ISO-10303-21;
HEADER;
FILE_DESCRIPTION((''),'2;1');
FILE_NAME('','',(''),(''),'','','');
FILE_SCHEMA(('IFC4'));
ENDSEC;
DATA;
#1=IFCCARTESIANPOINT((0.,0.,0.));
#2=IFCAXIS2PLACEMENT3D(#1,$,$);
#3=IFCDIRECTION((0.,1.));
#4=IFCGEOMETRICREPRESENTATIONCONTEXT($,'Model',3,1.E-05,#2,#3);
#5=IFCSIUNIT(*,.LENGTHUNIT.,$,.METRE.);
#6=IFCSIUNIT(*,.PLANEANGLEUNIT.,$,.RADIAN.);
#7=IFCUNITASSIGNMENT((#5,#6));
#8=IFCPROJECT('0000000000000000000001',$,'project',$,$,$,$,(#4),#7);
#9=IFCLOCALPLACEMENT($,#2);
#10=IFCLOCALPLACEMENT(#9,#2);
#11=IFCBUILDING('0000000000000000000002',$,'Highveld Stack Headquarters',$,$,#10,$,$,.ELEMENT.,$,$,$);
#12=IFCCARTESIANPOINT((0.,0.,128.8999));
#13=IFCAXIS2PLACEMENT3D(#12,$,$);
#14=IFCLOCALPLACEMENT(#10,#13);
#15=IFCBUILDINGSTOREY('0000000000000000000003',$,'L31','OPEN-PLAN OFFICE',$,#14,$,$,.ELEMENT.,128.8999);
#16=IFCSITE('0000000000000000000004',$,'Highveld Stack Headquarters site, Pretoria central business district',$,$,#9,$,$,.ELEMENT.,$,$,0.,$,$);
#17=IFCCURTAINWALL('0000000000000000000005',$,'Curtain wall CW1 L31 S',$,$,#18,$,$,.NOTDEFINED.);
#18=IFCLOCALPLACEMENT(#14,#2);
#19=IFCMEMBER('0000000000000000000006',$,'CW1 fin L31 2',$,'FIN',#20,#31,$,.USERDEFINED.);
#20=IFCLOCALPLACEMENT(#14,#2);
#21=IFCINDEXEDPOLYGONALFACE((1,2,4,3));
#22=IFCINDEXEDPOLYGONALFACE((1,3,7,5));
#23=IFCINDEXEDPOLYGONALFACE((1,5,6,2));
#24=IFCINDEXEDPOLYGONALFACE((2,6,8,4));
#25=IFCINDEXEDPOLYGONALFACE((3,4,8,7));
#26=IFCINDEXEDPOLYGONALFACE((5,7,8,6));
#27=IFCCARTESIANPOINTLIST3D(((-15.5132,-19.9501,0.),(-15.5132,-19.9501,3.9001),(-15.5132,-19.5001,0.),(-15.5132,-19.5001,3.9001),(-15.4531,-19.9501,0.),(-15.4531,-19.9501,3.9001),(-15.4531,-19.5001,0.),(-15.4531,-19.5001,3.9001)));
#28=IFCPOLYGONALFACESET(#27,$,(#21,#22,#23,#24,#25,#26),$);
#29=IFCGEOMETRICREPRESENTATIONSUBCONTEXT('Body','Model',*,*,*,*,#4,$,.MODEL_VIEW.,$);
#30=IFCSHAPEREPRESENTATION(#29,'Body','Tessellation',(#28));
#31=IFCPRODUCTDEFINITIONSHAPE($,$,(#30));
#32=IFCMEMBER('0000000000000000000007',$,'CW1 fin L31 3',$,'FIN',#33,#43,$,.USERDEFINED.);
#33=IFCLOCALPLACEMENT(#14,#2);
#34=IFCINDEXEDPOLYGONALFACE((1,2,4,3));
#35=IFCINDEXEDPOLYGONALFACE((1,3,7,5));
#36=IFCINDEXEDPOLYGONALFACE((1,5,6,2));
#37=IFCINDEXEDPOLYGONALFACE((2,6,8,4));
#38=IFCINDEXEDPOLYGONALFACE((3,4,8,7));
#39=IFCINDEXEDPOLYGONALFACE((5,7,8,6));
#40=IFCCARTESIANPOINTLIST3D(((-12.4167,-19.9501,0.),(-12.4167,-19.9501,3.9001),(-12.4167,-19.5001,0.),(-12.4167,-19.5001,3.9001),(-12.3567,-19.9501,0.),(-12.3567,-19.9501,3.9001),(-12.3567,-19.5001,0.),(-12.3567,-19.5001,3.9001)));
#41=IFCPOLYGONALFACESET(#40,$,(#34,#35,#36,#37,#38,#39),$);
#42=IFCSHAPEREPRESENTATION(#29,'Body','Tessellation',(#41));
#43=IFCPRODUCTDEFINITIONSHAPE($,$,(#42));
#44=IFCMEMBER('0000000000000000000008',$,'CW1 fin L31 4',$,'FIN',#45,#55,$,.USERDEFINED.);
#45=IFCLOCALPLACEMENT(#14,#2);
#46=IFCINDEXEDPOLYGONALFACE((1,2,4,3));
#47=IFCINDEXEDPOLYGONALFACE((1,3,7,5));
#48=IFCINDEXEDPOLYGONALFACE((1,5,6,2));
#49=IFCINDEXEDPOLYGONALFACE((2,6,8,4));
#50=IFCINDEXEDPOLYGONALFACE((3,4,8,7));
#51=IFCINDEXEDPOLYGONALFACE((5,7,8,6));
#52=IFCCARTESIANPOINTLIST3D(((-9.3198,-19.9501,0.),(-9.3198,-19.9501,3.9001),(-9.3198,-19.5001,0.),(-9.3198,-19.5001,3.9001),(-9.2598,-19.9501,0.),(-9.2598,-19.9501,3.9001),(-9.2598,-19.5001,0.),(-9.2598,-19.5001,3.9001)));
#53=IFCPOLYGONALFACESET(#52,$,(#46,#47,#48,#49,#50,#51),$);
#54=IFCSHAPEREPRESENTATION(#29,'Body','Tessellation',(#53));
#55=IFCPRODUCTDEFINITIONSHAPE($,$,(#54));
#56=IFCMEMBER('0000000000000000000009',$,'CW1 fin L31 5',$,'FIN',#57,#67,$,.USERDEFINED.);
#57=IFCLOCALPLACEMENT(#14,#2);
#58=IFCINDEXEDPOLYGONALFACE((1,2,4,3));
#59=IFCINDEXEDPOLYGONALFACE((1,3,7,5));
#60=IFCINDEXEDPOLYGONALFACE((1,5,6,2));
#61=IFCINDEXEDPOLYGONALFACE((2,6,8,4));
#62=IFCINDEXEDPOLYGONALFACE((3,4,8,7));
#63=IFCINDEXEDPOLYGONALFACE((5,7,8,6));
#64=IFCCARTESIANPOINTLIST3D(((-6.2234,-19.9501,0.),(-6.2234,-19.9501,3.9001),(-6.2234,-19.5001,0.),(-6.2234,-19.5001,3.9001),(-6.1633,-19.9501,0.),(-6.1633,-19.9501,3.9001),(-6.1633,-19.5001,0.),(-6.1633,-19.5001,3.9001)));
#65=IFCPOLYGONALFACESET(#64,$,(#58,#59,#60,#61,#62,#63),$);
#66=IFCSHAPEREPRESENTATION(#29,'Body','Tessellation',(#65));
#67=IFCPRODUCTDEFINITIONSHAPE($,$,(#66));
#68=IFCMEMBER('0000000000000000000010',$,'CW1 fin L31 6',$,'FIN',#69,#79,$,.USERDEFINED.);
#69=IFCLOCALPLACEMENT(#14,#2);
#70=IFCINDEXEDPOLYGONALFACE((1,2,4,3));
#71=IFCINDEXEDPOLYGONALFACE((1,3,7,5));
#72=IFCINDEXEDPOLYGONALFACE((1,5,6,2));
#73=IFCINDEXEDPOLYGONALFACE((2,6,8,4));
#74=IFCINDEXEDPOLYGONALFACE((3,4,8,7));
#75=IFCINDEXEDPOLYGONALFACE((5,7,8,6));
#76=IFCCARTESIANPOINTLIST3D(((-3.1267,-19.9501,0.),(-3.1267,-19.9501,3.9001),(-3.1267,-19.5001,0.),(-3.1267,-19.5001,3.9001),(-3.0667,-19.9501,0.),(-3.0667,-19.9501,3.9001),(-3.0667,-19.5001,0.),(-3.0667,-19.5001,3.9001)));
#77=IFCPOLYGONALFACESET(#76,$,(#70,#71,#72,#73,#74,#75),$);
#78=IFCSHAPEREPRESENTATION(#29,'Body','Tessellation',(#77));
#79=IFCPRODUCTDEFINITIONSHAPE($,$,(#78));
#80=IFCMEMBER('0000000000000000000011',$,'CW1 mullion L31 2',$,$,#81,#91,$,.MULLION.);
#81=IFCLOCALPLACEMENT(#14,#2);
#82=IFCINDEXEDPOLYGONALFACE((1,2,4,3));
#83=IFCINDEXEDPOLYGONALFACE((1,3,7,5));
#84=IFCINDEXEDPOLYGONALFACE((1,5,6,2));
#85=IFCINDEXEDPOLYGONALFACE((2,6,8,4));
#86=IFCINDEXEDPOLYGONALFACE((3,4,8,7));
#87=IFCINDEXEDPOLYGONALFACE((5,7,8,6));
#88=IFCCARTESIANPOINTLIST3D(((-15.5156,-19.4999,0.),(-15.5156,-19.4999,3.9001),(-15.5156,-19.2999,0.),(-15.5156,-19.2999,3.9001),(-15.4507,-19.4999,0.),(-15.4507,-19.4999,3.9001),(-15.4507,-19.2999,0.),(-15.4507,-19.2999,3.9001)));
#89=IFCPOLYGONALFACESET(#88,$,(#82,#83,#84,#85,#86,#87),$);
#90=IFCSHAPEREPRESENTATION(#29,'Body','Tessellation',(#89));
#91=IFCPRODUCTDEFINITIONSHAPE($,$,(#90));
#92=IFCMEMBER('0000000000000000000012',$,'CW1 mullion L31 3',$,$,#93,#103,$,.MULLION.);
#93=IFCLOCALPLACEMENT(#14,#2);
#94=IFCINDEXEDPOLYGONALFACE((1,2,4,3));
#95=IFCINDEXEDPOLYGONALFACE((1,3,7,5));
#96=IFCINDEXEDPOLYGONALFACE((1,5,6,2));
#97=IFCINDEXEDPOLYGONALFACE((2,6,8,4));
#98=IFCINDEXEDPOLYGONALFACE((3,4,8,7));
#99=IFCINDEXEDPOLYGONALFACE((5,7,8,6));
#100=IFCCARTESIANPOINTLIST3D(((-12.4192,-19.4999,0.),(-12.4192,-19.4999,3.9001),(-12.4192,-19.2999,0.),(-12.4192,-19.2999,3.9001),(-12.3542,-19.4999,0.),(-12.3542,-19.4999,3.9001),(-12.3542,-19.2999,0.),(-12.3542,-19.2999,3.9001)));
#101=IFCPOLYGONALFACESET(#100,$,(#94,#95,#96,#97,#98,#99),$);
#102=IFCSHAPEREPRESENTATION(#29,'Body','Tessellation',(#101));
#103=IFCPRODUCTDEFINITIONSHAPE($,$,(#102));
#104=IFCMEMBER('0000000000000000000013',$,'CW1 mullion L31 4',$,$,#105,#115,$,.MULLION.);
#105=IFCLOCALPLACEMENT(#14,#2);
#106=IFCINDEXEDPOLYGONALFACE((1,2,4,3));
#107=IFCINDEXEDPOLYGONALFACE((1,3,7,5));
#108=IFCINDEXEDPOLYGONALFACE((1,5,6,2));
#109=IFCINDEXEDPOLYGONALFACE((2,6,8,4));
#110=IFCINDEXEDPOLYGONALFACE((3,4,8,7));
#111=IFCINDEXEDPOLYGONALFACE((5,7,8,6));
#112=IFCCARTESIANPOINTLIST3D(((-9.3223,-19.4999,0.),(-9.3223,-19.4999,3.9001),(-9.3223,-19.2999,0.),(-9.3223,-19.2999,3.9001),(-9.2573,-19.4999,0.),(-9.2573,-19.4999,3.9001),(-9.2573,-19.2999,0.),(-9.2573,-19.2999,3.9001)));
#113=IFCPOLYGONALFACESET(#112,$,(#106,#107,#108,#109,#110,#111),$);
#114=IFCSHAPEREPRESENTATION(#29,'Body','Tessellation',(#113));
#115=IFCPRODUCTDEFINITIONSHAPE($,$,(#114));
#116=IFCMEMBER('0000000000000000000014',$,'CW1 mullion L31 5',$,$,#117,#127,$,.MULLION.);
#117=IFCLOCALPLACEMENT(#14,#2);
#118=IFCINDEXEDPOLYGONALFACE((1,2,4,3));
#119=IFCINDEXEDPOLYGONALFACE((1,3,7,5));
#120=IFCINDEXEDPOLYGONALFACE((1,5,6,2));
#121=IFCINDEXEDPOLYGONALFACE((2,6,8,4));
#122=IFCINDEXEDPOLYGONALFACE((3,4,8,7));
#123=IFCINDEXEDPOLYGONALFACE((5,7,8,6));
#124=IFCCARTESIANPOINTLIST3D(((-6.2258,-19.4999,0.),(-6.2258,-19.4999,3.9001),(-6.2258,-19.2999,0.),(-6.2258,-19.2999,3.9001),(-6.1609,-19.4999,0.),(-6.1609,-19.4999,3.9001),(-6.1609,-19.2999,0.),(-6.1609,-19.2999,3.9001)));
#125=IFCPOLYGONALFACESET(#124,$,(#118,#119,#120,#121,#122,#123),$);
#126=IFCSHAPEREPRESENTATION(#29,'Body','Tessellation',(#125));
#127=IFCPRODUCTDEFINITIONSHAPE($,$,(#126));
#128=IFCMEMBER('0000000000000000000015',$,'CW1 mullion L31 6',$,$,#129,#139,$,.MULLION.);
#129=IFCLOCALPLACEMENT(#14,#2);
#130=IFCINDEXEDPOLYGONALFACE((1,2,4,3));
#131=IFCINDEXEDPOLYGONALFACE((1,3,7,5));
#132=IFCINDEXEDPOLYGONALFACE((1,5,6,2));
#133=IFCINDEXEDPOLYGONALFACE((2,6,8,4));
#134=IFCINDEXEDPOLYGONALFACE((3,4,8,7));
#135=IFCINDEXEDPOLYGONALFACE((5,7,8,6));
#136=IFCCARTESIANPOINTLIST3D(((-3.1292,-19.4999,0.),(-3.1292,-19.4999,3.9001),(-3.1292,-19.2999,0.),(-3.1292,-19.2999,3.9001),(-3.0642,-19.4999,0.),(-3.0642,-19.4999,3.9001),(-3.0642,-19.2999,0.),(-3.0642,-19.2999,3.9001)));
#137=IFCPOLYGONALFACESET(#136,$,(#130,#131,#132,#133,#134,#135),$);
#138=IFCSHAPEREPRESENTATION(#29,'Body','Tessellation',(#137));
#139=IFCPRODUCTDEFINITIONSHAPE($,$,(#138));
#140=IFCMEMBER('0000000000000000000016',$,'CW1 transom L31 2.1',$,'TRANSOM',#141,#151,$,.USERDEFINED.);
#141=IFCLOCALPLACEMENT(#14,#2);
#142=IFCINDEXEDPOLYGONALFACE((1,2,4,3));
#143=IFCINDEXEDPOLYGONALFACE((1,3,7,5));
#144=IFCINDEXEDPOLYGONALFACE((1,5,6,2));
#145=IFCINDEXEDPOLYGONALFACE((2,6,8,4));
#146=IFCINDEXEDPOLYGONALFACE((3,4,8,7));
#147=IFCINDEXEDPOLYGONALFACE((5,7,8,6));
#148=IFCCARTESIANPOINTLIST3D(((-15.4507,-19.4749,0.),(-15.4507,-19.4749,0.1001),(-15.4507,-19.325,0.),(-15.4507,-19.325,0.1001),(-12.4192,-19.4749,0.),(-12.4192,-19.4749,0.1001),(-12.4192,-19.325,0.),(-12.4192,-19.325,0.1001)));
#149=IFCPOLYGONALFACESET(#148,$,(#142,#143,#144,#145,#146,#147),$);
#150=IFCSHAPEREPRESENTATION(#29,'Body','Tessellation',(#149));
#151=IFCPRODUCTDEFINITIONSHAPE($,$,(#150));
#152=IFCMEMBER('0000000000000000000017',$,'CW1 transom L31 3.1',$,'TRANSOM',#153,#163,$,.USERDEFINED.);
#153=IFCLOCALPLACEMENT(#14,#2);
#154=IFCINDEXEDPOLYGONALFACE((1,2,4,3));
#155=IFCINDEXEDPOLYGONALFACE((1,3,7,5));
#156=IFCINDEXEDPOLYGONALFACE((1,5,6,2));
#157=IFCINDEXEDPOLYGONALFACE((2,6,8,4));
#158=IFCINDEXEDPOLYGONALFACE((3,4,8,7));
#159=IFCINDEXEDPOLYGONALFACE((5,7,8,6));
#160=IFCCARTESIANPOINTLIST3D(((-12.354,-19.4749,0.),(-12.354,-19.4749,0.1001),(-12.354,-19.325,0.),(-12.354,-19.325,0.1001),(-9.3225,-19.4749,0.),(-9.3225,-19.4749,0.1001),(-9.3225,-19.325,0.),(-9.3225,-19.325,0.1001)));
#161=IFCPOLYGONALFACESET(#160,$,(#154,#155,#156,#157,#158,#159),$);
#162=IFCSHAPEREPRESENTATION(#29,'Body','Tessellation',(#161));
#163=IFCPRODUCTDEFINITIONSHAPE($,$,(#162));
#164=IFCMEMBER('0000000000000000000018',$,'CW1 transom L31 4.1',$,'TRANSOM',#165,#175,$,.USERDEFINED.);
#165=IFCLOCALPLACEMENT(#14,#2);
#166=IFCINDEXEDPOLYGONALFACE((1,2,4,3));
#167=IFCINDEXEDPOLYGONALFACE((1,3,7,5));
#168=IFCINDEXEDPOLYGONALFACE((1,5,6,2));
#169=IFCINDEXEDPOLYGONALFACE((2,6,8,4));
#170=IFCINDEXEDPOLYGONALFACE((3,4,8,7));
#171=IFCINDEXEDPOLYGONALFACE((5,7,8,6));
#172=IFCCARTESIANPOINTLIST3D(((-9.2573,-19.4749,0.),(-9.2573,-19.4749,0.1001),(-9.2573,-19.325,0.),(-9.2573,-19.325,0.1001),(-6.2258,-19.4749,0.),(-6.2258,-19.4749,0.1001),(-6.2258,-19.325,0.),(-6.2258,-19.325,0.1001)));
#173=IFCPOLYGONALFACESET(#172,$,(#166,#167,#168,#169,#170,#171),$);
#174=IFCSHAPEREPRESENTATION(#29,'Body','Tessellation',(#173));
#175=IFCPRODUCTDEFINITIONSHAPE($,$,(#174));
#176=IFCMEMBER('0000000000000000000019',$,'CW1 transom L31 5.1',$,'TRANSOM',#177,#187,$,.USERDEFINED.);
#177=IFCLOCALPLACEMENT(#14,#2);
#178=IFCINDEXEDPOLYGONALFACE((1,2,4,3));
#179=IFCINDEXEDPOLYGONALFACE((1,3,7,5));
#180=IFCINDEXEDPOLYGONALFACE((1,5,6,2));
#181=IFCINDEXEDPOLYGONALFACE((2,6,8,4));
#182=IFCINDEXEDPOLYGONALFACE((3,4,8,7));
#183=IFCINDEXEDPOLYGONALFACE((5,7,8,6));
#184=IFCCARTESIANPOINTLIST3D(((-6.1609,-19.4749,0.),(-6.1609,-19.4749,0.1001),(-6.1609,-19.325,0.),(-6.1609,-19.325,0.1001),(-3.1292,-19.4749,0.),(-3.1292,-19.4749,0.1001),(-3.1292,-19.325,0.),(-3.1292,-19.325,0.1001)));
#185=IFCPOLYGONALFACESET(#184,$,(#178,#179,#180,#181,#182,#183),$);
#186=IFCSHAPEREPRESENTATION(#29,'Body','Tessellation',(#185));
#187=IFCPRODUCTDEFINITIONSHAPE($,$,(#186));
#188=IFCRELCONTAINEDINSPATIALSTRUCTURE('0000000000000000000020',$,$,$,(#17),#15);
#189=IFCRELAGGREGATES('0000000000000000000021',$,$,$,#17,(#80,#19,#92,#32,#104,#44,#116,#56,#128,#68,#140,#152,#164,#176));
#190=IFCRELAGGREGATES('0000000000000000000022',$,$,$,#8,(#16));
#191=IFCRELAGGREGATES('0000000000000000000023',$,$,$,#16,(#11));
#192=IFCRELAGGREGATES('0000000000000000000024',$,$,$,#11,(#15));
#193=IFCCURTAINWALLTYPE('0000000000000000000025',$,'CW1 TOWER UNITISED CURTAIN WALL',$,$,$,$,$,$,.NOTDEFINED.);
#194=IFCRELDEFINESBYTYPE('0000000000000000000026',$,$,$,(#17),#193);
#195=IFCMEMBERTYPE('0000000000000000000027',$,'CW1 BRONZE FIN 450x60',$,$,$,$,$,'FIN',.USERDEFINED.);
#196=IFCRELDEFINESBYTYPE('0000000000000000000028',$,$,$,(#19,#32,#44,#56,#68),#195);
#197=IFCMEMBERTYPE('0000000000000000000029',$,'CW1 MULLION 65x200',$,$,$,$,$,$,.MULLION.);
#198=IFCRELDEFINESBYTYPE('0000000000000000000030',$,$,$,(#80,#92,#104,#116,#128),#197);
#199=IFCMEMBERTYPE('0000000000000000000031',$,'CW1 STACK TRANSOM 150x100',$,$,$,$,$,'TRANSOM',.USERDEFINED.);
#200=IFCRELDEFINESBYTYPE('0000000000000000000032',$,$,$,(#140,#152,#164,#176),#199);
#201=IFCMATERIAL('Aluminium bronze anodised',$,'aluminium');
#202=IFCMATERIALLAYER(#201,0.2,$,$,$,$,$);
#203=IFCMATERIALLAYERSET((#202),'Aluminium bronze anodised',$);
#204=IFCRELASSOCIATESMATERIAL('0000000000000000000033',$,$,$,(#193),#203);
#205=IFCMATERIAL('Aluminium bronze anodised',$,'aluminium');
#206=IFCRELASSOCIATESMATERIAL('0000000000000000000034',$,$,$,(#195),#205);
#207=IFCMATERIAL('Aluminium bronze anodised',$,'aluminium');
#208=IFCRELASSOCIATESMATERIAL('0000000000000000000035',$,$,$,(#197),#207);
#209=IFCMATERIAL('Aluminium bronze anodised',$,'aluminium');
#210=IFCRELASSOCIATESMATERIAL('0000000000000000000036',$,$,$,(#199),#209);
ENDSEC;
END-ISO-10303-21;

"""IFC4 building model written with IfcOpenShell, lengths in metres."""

from ifc_helpers import new_model, si_unit, direction, frame, origin, origin_2d, place, context, subcontext, project, spatial, rectangle, extrude, material, layer, layer_set, material_profile, profile_set, type_object, element, aggregate, save


model = new_model("IFC4")

# Units and contexts
model_context = context("Model", 3, precision=1e-05, world=origin(), true_north=direction((0.0, 1.0)))
body_context = subcontext(model_context, "Body", "Model", "MODEL_VIEW")
ifc_project = project(units=[si_unit("LENGTHUNIT", "METRE"), si_unit("PLANEANGLEUNIT", "RADIAN")], contexts=[model_context])

# Site, building, storey
site_placement = place(None, origin())
site = spatial("IfcSite", under=ifc_project, at=site_placement, Name="Highveld Stack Headquarters site, Pretoria central business district", CompositionType="ELEMENT", RefElevation=0.0)
building_placement = place(site_placement, origin())
building = spatial("IfcBuilding", under=site, at=building_placement, Name="Highveld Stack Headquarters", CompositionType="ELEMENT")
storey_placement = place(building_placement, frame((0.0, 0.0, 128.8999)))
storey = spatial("IfcBuildingStorey", under=building, at=storey_placement, Name="L31", Description="OPEN-PLAN OFFICE", CompositionType="ELEMENT", Elevation=128.8999)

# Curtain wall, members
ifc_material_1 = material(Name="Aluminium bronze anodised", Category="aluminium")
ifc_layer_1 = layer(ifc_material_1, 0.2)
ifc_layer_set_1 = layer_set([ifc_layer_1], Name="Aluminium bronze anodised")
curtain_wall_type = type_object("IfcCurtainWallType", Name="CW1 TOWER UNITISED CURTAIN WALL", PredefinedType="NOTDEFINED", material=ifc_layer_set_1)
curtain_wall_placement = place(storey_placement, origin())
curtain_wall = element("IfcCurtainWall", 1, at=curtain_wall_placement, inside=storey, type_object=curtain_wall_type, Name="Curtain wall CW1 L31 S", PredefinedType="NOTDEFINED")
ifc_material_2 = material(Name="Aluminium bronze anodised", Category="aluminium")
ifc_material_profile_1 = material_profile(ifc_material_2, rectangle(XDim=0.45, YDim=0.0601, at=origin_2d()), Name="FIN 450x60")
ifc_profile_set_1 = profile_set([ifc_material_profile_1], Name="Aluminium bronze anodised")
member_type_1 = type_object("IfcMemberType", Name="CW1 BRONZE FIN 450x60", ElementType="FIN", PredefinedType="USERDEFINED", material=ifc_profile_set_1)
member_1_placement = place(storey_placement, frame((-15.4832, -19.7251, 0.0), z_axis=(0.0, 0.0, 1.0), x_axis=(0.0, 1.0, 0.0)))
member_1 = element("IfcMember", 2, at=member_1_placement, type_object=member_type_1, Name="CW1 fin L31 2", ObjectType="FIN", PredefinedType="USERDEFINED", context=body_context, shape_type="SweptSolid", body=[
    extrude(rectangle(XDim=0.45, YDim=0.0601, at=origin_2d()), origin(), (0.0, 0.0, 1.0), 3.9001),
])
member_2_placement = place(storey_placement, frame((-12.3867, -19.7251, 0.0), z_axis=(0.0, 0.0, 1.0), x_axis=(0.0, 1.0, 0.0)))
member_2 = element("IfcMember", 3, at=member_2_placement, type_object=member_type_1, Name="CW1 fin L31 3", ObjectType="FIN", PredefinedType="USERDEFINED", context=body_context, shape_type="SweptSolid", body=[
    extrude(rectangle(XDim=0.45, YDim=0.0601, at=origin_2d()), origin(), (0.0, 0.0, 1.0), 3.9001),
])
member_3_placement = place(storey_placement, frame((-9.2898, -19.7251, 0.0), z_axis=(0.0, 0.0, 1.0), x_axis=(0.0, 1.0, 0.0)))
member_3 = element("IfcMember", 4, at=member_3_placement, type_object=member_type_1, Name="CW1 fin L31 4", ObjectType="FIN", PredefinedType="USERDEFINED", context=body_context, shape_type="SweptSolid", body=[
    extrude(rectangle(XDim=0.45, YDim=0.0601, at=origin_2d()), origin(), (0.0, 0.0, 1.0), 3.9001),
])
member_4_placement = place(storey_placement, frame((-6.1934, -19.7251, 0.0), z_axis=(0.0, 0.0, 1.0), x_axis=(0.0, 1.0, 0.0)))
member_4 = element("IfcMember", 5, at=member_4_placement, type_object=member_type_1, Name="CW1 fin L31 5", ObjectType="FIN", PredefinedType="USERDEFINED", context=body_context, shape_type="SweptSolid", body=[
    extrude(rectangle(XDim=0.45, YDim=0.0601, at=origin_2d()), origin(), (0.0, 0.0, 1.0), 3.9001),
])
member_5_placement = place(storey_placement, frame((-3.0967, -19.7251, 0.0), z_axis=(0.0, 0.0, 1.0), x_axis=(0.0, 1.0, 0.0)))
member_5 = element("IfcMember", 6, at=member_5_placement, type_object=member_type_1, Name="CW1 fin L31 6", ObjectType="FIN", PredefinedType="USERDEFINED", context=body_context, shape_type="SweptSolid", body=[
    extrude(rectangle(XDim=0.45, YDim=0.0601, at=origin_2d()), origin(), (0.0, 0.0, 1.0), 3.9001),
])
ifc_material_3 = material(Name="Aluminium bronze anodised", Category="aluminium")
ifc_material_profile_2 = material_profile(ifc_material_3, rectangle(XDim=0.2, YDim=0.0649, at=origin_2d()), Name="CW1 MULLION 65x200")
ifc_profile_set_2 = profile_set([ifc_material_profile_2], Name="Aluminium bronze anodised")
member_type_2 = type_object("IfcMemberType", Name="CW1 MULLION 65x200", PredefinedType="MULLION", material=ifc_profile_set_2)
member_6_placement = place(storey_placement, frame((-15.4832, -19.3999, 0.0), z_axis=(0.0, 0.0, 1.0), x_axis=(0.0, 1.0, 0.0)))
member_6 = element("IfcMember", 7, at=member_6_placement, type_object=member_type_2, Name="CW1 mullion L31 2", PredefinedType="MULLION", context=body_context, shape_type="SweptSolid", body=[
    extrude(rectangle(XDim=0.2, YDim=0.0649, at=origin_2d()), origin(), (0.0, 0.0, 1.0), 3.9001),
])
member_7_placement = place(storey_placement, frame((-12.3867, -19.3999, 0.0), z_axis=(0.0, 0.0, 1.0), x_axis=(0.0, 1.0, 0.0)))
member_7 = element("IfcMember", 8, at=member_7_placement, type_object=member_type_2, Name="CW1 mullion L31 3", PredefinedType="MULLION", context=body_context, shape_type="SweptSolid", body=[
    extrude(rectangle(XDim=0.2, YDim=0.0649, at=origin_2d()), origin(), (0.0, 0.0, 1.0), 3.9001),
])
member_8_placement = place(storey_placement, frame((-9.2898, -19.3999, 0.0), z_axis=(0.0, 0.0, 1.0), x_axis=(0.0, 1.0, 0.0)))
member_8 = element("IfcMember", 9, at=member_8_placement, type_object=member_type_2, Name="CW1 mullion L31 4", PredefinedType="MULLION", context=body_context, shape_type="SweptSolid", body=[
    extrude(rectangle(XDim=0.2, YDim=0.0649, at=origin_2d()), origin(), (0.0, 0.0, 1.0), 3.9001),
])
member_9_placement = place(storey_placement, frame((-6.1934, -19.3999, 0.0), z_axis=(0.0, 0.0, 1.0), x_axis=(0.0, 1.0, 0.0)))
member_9 = element("IfcMember", 10, at=member_9_placement, type_object=member_type_2, Name="CW1 mullion L31 5", PredefinedType="MULLION", context=body_context, shape_type="SweptSolid", body=[
    extrude(rectangle(XDim=0.2, YDim=0.0649, at=origin_2d()), origin(), (0.0, 0.0, 1.0), 3.9001),
])
member_10_placement = place(storey_placement, frame((-3.0967, -19.3999, 0.0), z_axis=(0.0, 0.0, 1.0), x_axis=(0.0, 1.0, 0.0)))
member_10 = element("IfcMember", 11, at=member_10_placement, type_object=member_type_2, Name="CW1 mullion L31 6", PredefinedType="MULLION", context=body_context, shape_type="SweptSolid", body=[
    extrude(rectangle(XDim=0.2, YDim=0.0649, at=origin_2d()), origin(), (0.0, 0.0, 1.0), 3.9001),
])
ifc_material_4 = material(Name="Aluminium bronze anodised", Category="aluminium")
ifc_material_profile_3 = material_profile(ifc_material_4, rectangle(XDim=0.1499, YDim=0.1001, at=origin_2d()), Name="CW1 TRANSOM 150x100")
ifc_profile_set_3 = profile_set([ifc_material_profile_3], Name="Aluminium bronze anodised")
member_type_3 = type_object("IfcMemberType", Name="CW1 STACK TRANSOM 150x100", ElementType="TRANSOM", PredefinedType="USERDEFINED", material=ifc_profile_set_3)
member_11_placement = place(storey_placement, frame((-15.4507, -19.3999, 0.05), z_axis=(1.0, 0.0, 0.0), x_axis=(0.0, 1.0, 0.0)))
member_11 = element("IfcMember", 12, at=member_11_placement, type_object=member_type_3, Name="CW1 transom L31 2.1", ObjectType="TRANSOM", PredefinedType="USERDEFINED", context=body_context, shape_type="SweptSolid", body=[
    extrude(rectangle(XDim=0.1499, YDim=0.1001, at=origin_2d()), origin(), (0.0, 0.0, 1.0), 3.0315),
])
member_12_placement = place(storey_placement, frame((-12.354, -19.3999, 0.05), z_axis=(1.0, 0.0, 0.0), x_axis=(0.0, 1.0, 0.0)))
member_12 = element("IfcMember", 13, at=member_12_placement, type_object=member_type_3, Name="CW1 transom L31 3.1", ObjectType="TRANSOM", PredefinedType="USERDEFINED", context=body_context, shape_type="SweptSolid", body=[
    extrude(rectangle(XDim=0.1499, YDim=0.1001, at=origin_2d()), origin(), (0.0, 0.0, 1.0), 3.0315),
])
member_13_placement = place(storey_placement, frame((-9.2573, -19.3999, 0.05), z_axis=(1.0, 0.0, 0.0), x_axis=(0.0, 1.0, 0.0)))
member_13 = element("IfcMember", 14, at=member_13_placement, type_object=member_type_3, Name="CW1 transom L31 4.1", ObjectType="TRANSOM", PredefinedType="USERDEFINED", context=body_context, shape_type="SweptSolid", body=[
    extrude(rectangle(XDim=0.1499, YDim=0.1001, at=origin_2d()), origin(), (0.0, 0.0, 1.0), 3.0315),
])
member_14_placement = place(storey_placement, frame((-6.1609, -19.3999, 0.05), z_axis=(1.0, 0.0, 0.0), x_axis=(0.0, 1.0, 0.0)))
member_14 = element("IfcMember", 15, at=member_14_placement, type_object=member_type_3, Name="CW1 transom L31 5.1", ObjectType="TRANSOM", PredefinedType="USERDEFINED", context=body_context, shape_type="SweptSolid", body=[
    extrude(rectangle(XDim=0.1499, YDim=0.1001, at=origin_2d()), origin(), (0.0, 0.0, 1.0), 3.0317),
])
aggregate(curtain_wall, [member_6, member_1, member_7, member_2, member_8, member_3, member_9, member_4, member_10, member_5, member_11, member_12, member_13, member_14])

save(model, "model.ifc")
